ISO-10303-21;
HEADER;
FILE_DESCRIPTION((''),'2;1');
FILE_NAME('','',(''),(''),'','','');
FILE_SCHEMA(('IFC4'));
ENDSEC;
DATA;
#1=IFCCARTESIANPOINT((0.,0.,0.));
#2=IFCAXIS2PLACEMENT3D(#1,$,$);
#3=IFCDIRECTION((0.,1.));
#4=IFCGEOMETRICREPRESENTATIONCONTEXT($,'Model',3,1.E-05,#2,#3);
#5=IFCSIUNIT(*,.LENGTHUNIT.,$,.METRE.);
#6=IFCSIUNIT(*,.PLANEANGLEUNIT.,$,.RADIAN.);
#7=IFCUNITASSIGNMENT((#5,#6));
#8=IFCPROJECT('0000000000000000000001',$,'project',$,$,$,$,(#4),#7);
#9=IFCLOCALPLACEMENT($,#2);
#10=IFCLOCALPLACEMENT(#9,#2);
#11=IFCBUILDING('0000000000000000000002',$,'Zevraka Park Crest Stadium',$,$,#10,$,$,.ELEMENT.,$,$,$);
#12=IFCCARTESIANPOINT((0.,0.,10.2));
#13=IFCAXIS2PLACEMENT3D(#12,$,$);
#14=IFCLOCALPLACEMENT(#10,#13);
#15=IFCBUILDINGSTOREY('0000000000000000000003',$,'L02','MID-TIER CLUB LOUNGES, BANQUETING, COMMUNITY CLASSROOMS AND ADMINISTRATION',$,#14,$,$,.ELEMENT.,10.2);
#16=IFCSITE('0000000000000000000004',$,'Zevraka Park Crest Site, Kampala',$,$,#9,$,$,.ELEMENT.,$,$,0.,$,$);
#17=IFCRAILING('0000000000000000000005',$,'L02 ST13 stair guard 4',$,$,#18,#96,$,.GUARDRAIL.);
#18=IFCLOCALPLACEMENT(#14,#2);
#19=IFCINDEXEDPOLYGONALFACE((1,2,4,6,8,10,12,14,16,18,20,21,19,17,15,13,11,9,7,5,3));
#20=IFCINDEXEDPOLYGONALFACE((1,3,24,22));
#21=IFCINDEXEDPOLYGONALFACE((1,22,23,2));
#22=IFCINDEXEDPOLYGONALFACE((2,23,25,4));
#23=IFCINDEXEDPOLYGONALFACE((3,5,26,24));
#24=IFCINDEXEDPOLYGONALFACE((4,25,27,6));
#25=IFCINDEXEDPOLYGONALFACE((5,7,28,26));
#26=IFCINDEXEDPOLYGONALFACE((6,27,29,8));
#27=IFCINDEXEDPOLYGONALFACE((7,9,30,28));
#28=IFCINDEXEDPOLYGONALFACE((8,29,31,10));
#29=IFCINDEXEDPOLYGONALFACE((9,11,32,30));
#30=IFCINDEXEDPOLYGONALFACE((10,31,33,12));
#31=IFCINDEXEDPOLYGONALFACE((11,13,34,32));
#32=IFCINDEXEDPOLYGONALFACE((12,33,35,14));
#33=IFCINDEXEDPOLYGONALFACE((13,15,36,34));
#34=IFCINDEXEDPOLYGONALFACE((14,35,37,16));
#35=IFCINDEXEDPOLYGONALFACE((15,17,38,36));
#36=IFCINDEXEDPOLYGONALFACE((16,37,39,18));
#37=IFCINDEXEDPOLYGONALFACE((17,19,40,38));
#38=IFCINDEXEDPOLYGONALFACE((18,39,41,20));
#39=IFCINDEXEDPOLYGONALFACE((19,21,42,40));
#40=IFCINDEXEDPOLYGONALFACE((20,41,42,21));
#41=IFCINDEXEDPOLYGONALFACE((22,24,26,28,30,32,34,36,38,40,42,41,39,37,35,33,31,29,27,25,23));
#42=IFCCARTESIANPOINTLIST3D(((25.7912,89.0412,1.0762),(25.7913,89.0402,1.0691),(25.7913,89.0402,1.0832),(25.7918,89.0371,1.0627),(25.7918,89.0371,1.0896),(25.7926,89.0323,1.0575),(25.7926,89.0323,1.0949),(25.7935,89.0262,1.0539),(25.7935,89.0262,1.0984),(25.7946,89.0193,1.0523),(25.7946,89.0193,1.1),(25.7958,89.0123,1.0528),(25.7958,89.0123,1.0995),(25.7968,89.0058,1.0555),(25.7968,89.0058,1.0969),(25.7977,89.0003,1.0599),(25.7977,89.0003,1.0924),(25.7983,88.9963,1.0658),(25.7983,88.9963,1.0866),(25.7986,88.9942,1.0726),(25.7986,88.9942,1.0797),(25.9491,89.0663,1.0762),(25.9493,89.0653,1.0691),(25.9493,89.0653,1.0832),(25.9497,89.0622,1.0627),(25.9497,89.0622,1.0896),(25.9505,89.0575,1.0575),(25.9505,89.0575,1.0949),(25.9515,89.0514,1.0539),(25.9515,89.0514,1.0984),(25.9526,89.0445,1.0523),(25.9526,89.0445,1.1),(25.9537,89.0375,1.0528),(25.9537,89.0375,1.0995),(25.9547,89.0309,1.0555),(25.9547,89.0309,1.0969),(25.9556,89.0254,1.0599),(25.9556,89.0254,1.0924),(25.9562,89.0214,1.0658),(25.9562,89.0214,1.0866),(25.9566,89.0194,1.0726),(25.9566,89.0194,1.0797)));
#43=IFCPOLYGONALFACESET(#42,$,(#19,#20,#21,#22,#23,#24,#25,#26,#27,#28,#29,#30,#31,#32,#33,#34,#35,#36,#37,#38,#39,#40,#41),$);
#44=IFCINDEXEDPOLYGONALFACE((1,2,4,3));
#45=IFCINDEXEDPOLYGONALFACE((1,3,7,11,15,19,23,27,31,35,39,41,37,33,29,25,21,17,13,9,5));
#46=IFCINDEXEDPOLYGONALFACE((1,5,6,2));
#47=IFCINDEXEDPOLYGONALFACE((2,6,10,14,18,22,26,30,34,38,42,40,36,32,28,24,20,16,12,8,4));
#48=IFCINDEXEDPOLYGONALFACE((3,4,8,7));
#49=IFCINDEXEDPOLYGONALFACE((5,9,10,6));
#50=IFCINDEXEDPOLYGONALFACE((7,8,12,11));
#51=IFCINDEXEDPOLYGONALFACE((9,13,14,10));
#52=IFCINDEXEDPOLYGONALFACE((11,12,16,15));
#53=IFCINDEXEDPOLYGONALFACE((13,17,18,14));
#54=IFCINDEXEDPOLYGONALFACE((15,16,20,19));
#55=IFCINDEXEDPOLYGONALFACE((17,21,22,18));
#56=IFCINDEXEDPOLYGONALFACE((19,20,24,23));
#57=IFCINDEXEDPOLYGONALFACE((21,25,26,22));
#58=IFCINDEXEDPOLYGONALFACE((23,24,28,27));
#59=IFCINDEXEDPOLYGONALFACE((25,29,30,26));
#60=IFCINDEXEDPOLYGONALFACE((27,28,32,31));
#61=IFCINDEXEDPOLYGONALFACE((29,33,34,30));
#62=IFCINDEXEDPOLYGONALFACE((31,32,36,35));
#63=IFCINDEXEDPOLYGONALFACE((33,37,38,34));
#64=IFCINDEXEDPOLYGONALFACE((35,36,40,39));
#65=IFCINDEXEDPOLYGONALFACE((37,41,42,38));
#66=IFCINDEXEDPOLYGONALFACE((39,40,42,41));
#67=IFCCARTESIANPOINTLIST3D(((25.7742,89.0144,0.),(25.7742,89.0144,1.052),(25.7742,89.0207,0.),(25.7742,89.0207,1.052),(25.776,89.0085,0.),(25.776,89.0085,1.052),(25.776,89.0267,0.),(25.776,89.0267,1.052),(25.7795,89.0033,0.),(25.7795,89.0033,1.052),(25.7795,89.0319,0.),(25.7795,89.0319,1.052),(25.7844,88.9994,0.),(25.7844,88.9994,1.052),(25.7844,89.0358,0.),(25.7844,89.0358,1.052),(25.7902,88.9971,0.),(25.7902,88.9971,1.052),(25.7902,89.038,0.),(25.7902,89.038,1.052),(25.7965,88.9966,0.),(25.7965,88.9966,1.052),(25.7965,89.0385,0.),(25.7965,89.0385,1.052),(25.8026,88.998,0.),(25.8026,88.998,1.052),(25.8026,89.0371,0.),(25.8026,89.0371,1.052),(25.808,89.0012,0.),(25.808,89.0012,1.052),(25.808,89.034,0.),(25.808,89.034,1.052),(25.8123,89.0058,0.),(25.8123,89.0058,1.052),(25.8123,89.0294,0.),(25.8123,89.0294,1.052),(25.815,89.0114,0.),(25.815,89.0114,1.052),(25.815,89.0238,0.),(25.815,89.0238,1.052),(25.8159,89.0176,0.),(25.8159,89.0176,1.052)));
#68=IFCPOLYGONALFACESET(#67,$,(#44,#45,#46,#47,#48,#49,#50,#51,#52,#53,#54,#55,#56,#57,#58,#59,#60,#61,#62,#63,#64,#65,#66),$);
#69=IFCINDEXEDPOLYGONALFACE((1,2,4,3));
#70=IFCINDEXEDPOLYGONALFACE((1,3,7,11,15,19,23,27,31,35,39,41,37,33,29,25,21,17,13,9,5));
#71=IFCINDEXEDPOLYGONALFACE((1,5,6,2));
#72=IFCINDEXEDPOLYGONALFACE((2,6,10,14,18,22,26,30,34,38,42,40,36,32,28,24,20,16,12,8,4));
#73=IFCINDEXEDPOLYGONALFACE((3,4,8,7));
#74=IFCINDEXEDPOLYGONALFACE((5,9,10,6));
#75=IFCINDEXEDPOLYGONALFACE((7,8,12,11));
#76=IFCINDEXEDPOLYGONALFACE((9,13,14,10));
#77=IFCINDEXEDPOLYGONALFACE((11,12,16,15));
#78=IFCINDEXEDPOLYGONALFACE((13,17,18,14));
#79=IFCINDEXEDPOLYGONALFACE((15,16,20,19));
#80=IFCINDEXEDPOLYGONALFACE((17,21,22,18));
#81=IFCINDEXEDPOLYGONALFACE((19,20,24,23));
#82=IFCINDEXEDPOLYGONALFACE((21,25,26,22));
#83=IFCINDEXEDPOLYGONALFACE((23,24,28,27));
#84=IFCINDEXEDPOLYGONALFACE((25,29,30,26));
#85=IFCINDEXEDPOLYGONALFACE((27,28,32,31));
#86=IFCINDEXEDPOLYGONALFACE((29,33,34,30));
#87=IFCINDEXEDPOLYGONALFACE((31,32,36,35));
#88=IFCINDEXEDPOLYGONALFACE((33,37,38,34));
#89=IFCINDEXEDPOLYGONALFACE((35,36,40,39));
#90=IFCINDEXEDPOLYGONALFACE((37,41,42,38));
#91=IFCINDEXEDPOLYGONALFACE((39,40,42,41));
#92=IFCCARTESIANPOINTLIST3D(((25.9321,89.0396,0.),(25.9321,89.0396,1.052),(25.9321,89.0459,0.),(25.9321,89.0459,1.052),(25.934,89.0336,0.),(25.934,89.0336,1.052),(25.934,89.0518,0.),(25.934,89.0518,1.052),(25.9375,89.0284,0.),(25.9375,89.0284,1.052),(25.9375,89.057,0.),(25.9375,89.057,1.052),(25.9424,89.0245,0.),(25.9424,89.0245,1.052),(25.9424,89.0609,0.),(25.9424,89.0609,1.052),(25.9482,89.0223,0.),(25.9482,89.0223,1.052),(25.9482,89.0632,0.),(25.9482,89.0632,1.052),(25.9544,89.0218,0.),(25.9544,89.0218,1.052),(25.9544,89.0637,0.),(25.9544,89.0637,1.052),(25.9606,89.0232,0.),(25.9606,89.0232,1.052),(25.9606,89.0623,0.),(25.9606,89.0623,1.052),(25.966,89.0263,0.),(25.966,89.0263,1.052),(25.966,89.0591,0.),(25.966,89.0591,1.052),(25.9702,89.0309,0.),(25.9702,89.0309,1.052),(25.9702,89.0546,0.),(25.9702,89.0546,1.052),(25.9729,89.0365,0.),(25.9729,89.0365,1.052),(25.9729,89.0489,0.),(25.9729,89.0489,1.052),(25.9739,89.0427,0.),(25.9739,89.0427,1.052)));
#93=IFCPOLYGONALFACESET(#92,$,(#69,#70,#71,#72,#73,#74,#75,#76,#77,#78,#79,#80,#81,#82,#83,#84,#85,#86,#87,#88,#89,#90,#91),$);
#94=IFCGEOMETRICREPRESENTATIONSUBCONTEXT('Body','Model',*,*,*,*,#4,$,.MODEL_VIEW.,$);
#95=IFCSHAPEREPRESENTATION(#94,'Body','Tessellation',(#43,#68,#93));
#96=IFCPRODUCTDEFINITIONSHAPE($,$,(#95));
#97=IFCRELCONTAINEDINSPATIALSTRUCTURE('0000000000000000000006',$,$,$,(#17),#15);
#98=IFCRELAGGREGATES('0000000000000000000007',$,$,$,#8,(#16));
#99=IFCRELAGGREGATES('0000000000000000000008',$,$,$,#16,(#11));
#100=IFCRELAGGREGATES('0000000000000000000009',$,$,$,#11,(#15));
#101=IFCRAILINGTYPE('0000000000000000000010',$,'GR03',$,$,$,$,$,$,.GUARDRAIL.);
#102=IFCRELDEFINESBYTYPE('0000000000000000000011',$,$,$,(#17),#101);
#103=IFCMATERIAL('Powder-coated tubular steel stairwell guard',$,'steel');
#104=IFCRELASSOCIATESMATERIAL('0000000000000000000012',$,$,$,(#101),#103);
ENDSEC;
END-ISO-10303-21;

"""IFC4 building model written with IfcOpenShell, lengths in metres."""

from ifc_helpers import new_model, si_unit, direction, frame, origin, origin_2d, place, context, subcontext, project, spatial, circle, extrude, material, type_object, element, save


model = new_model("IFC4")

# Units and contexts
model_context = context("Model", 3, precision=1e-05, world=origin(), true_north=direction((0.0, 1.0)))
body_context = subcontext(model_context, "Body", "Model", "MODEL_VIEW")
ifc_project = project(units=[si_unit("LENGTHUNIT", "METRE"), si_unit("PLANEANGLEUNIT", "RADIAN")], contexts=[model_context])

# Site, building, storey
site_placement = place(None, origin())
site = spatial("IfcSite", under=ifc_project, at=site_placement, Name="Zevraka Park Crest Site, Kampala", CompositionType="ELEMENT", RefElevation=0.0)
building_placement = place(site_placement, origin())
building = spatial("IfcBuilding", under=site, at=building_placement, Name="Zevraka Park Crest Stadium", CompositionType="ELEMENT")
storey_placement = place(building_placement, frame((0.0, 0.0, 10.2)))
storey = spatial("IfcBuildingStorey", under=building, at=storey_placement, Name="L02", Description="MID-TIER CLUB LOUNGES, BANQUETING, COMMUNITY CLASSROOMS AND ADMINISTRATION", CompositionType="ELEMENT", Elevation=10.2)

# Railing
ifc_material_1 = material(Name="Powder-coated tubular steel stairwell guard", Category="steel")
railing_type_1 = type_object("IfcRailingType", Name="GR03", PredefinedType="GUARDRAIL", material=ifc_material_1)
railing_1_placement = place(storey_placement, frame((25.7949, 89.0176, 0.0)))
element("IfcRailing", 1, at=railing_1_placement, inside=storey, type_object=railing_type_1, Name="L02 ST13 stair guard 4", PredefinedType="GUARDRAIL", context=body_context, shape_type="SweptSolid", body=[
    extrude(circle(Radius=0.0239, at=origin_2d()), frame((0.0, 0.0, 1.0762), z_axis=(0.987564, 0.157217, 0.0), x_axis=(-0.157217, 0.987564, 0.0)), (0.0, 0.0, 1.0), 0.1599),
    extrude(circle(Radius=0.021, at=origin_2d()), origin(), (0.0, 0.0, 1.0), 1.052),
    extrude(circle(Radius=0.021, at=origin_2d()), frame((0.158, 0.0251, 0.0)), (0.0, 0.0, 1.0), 1.052),
])

save(model, "model.ifc")
